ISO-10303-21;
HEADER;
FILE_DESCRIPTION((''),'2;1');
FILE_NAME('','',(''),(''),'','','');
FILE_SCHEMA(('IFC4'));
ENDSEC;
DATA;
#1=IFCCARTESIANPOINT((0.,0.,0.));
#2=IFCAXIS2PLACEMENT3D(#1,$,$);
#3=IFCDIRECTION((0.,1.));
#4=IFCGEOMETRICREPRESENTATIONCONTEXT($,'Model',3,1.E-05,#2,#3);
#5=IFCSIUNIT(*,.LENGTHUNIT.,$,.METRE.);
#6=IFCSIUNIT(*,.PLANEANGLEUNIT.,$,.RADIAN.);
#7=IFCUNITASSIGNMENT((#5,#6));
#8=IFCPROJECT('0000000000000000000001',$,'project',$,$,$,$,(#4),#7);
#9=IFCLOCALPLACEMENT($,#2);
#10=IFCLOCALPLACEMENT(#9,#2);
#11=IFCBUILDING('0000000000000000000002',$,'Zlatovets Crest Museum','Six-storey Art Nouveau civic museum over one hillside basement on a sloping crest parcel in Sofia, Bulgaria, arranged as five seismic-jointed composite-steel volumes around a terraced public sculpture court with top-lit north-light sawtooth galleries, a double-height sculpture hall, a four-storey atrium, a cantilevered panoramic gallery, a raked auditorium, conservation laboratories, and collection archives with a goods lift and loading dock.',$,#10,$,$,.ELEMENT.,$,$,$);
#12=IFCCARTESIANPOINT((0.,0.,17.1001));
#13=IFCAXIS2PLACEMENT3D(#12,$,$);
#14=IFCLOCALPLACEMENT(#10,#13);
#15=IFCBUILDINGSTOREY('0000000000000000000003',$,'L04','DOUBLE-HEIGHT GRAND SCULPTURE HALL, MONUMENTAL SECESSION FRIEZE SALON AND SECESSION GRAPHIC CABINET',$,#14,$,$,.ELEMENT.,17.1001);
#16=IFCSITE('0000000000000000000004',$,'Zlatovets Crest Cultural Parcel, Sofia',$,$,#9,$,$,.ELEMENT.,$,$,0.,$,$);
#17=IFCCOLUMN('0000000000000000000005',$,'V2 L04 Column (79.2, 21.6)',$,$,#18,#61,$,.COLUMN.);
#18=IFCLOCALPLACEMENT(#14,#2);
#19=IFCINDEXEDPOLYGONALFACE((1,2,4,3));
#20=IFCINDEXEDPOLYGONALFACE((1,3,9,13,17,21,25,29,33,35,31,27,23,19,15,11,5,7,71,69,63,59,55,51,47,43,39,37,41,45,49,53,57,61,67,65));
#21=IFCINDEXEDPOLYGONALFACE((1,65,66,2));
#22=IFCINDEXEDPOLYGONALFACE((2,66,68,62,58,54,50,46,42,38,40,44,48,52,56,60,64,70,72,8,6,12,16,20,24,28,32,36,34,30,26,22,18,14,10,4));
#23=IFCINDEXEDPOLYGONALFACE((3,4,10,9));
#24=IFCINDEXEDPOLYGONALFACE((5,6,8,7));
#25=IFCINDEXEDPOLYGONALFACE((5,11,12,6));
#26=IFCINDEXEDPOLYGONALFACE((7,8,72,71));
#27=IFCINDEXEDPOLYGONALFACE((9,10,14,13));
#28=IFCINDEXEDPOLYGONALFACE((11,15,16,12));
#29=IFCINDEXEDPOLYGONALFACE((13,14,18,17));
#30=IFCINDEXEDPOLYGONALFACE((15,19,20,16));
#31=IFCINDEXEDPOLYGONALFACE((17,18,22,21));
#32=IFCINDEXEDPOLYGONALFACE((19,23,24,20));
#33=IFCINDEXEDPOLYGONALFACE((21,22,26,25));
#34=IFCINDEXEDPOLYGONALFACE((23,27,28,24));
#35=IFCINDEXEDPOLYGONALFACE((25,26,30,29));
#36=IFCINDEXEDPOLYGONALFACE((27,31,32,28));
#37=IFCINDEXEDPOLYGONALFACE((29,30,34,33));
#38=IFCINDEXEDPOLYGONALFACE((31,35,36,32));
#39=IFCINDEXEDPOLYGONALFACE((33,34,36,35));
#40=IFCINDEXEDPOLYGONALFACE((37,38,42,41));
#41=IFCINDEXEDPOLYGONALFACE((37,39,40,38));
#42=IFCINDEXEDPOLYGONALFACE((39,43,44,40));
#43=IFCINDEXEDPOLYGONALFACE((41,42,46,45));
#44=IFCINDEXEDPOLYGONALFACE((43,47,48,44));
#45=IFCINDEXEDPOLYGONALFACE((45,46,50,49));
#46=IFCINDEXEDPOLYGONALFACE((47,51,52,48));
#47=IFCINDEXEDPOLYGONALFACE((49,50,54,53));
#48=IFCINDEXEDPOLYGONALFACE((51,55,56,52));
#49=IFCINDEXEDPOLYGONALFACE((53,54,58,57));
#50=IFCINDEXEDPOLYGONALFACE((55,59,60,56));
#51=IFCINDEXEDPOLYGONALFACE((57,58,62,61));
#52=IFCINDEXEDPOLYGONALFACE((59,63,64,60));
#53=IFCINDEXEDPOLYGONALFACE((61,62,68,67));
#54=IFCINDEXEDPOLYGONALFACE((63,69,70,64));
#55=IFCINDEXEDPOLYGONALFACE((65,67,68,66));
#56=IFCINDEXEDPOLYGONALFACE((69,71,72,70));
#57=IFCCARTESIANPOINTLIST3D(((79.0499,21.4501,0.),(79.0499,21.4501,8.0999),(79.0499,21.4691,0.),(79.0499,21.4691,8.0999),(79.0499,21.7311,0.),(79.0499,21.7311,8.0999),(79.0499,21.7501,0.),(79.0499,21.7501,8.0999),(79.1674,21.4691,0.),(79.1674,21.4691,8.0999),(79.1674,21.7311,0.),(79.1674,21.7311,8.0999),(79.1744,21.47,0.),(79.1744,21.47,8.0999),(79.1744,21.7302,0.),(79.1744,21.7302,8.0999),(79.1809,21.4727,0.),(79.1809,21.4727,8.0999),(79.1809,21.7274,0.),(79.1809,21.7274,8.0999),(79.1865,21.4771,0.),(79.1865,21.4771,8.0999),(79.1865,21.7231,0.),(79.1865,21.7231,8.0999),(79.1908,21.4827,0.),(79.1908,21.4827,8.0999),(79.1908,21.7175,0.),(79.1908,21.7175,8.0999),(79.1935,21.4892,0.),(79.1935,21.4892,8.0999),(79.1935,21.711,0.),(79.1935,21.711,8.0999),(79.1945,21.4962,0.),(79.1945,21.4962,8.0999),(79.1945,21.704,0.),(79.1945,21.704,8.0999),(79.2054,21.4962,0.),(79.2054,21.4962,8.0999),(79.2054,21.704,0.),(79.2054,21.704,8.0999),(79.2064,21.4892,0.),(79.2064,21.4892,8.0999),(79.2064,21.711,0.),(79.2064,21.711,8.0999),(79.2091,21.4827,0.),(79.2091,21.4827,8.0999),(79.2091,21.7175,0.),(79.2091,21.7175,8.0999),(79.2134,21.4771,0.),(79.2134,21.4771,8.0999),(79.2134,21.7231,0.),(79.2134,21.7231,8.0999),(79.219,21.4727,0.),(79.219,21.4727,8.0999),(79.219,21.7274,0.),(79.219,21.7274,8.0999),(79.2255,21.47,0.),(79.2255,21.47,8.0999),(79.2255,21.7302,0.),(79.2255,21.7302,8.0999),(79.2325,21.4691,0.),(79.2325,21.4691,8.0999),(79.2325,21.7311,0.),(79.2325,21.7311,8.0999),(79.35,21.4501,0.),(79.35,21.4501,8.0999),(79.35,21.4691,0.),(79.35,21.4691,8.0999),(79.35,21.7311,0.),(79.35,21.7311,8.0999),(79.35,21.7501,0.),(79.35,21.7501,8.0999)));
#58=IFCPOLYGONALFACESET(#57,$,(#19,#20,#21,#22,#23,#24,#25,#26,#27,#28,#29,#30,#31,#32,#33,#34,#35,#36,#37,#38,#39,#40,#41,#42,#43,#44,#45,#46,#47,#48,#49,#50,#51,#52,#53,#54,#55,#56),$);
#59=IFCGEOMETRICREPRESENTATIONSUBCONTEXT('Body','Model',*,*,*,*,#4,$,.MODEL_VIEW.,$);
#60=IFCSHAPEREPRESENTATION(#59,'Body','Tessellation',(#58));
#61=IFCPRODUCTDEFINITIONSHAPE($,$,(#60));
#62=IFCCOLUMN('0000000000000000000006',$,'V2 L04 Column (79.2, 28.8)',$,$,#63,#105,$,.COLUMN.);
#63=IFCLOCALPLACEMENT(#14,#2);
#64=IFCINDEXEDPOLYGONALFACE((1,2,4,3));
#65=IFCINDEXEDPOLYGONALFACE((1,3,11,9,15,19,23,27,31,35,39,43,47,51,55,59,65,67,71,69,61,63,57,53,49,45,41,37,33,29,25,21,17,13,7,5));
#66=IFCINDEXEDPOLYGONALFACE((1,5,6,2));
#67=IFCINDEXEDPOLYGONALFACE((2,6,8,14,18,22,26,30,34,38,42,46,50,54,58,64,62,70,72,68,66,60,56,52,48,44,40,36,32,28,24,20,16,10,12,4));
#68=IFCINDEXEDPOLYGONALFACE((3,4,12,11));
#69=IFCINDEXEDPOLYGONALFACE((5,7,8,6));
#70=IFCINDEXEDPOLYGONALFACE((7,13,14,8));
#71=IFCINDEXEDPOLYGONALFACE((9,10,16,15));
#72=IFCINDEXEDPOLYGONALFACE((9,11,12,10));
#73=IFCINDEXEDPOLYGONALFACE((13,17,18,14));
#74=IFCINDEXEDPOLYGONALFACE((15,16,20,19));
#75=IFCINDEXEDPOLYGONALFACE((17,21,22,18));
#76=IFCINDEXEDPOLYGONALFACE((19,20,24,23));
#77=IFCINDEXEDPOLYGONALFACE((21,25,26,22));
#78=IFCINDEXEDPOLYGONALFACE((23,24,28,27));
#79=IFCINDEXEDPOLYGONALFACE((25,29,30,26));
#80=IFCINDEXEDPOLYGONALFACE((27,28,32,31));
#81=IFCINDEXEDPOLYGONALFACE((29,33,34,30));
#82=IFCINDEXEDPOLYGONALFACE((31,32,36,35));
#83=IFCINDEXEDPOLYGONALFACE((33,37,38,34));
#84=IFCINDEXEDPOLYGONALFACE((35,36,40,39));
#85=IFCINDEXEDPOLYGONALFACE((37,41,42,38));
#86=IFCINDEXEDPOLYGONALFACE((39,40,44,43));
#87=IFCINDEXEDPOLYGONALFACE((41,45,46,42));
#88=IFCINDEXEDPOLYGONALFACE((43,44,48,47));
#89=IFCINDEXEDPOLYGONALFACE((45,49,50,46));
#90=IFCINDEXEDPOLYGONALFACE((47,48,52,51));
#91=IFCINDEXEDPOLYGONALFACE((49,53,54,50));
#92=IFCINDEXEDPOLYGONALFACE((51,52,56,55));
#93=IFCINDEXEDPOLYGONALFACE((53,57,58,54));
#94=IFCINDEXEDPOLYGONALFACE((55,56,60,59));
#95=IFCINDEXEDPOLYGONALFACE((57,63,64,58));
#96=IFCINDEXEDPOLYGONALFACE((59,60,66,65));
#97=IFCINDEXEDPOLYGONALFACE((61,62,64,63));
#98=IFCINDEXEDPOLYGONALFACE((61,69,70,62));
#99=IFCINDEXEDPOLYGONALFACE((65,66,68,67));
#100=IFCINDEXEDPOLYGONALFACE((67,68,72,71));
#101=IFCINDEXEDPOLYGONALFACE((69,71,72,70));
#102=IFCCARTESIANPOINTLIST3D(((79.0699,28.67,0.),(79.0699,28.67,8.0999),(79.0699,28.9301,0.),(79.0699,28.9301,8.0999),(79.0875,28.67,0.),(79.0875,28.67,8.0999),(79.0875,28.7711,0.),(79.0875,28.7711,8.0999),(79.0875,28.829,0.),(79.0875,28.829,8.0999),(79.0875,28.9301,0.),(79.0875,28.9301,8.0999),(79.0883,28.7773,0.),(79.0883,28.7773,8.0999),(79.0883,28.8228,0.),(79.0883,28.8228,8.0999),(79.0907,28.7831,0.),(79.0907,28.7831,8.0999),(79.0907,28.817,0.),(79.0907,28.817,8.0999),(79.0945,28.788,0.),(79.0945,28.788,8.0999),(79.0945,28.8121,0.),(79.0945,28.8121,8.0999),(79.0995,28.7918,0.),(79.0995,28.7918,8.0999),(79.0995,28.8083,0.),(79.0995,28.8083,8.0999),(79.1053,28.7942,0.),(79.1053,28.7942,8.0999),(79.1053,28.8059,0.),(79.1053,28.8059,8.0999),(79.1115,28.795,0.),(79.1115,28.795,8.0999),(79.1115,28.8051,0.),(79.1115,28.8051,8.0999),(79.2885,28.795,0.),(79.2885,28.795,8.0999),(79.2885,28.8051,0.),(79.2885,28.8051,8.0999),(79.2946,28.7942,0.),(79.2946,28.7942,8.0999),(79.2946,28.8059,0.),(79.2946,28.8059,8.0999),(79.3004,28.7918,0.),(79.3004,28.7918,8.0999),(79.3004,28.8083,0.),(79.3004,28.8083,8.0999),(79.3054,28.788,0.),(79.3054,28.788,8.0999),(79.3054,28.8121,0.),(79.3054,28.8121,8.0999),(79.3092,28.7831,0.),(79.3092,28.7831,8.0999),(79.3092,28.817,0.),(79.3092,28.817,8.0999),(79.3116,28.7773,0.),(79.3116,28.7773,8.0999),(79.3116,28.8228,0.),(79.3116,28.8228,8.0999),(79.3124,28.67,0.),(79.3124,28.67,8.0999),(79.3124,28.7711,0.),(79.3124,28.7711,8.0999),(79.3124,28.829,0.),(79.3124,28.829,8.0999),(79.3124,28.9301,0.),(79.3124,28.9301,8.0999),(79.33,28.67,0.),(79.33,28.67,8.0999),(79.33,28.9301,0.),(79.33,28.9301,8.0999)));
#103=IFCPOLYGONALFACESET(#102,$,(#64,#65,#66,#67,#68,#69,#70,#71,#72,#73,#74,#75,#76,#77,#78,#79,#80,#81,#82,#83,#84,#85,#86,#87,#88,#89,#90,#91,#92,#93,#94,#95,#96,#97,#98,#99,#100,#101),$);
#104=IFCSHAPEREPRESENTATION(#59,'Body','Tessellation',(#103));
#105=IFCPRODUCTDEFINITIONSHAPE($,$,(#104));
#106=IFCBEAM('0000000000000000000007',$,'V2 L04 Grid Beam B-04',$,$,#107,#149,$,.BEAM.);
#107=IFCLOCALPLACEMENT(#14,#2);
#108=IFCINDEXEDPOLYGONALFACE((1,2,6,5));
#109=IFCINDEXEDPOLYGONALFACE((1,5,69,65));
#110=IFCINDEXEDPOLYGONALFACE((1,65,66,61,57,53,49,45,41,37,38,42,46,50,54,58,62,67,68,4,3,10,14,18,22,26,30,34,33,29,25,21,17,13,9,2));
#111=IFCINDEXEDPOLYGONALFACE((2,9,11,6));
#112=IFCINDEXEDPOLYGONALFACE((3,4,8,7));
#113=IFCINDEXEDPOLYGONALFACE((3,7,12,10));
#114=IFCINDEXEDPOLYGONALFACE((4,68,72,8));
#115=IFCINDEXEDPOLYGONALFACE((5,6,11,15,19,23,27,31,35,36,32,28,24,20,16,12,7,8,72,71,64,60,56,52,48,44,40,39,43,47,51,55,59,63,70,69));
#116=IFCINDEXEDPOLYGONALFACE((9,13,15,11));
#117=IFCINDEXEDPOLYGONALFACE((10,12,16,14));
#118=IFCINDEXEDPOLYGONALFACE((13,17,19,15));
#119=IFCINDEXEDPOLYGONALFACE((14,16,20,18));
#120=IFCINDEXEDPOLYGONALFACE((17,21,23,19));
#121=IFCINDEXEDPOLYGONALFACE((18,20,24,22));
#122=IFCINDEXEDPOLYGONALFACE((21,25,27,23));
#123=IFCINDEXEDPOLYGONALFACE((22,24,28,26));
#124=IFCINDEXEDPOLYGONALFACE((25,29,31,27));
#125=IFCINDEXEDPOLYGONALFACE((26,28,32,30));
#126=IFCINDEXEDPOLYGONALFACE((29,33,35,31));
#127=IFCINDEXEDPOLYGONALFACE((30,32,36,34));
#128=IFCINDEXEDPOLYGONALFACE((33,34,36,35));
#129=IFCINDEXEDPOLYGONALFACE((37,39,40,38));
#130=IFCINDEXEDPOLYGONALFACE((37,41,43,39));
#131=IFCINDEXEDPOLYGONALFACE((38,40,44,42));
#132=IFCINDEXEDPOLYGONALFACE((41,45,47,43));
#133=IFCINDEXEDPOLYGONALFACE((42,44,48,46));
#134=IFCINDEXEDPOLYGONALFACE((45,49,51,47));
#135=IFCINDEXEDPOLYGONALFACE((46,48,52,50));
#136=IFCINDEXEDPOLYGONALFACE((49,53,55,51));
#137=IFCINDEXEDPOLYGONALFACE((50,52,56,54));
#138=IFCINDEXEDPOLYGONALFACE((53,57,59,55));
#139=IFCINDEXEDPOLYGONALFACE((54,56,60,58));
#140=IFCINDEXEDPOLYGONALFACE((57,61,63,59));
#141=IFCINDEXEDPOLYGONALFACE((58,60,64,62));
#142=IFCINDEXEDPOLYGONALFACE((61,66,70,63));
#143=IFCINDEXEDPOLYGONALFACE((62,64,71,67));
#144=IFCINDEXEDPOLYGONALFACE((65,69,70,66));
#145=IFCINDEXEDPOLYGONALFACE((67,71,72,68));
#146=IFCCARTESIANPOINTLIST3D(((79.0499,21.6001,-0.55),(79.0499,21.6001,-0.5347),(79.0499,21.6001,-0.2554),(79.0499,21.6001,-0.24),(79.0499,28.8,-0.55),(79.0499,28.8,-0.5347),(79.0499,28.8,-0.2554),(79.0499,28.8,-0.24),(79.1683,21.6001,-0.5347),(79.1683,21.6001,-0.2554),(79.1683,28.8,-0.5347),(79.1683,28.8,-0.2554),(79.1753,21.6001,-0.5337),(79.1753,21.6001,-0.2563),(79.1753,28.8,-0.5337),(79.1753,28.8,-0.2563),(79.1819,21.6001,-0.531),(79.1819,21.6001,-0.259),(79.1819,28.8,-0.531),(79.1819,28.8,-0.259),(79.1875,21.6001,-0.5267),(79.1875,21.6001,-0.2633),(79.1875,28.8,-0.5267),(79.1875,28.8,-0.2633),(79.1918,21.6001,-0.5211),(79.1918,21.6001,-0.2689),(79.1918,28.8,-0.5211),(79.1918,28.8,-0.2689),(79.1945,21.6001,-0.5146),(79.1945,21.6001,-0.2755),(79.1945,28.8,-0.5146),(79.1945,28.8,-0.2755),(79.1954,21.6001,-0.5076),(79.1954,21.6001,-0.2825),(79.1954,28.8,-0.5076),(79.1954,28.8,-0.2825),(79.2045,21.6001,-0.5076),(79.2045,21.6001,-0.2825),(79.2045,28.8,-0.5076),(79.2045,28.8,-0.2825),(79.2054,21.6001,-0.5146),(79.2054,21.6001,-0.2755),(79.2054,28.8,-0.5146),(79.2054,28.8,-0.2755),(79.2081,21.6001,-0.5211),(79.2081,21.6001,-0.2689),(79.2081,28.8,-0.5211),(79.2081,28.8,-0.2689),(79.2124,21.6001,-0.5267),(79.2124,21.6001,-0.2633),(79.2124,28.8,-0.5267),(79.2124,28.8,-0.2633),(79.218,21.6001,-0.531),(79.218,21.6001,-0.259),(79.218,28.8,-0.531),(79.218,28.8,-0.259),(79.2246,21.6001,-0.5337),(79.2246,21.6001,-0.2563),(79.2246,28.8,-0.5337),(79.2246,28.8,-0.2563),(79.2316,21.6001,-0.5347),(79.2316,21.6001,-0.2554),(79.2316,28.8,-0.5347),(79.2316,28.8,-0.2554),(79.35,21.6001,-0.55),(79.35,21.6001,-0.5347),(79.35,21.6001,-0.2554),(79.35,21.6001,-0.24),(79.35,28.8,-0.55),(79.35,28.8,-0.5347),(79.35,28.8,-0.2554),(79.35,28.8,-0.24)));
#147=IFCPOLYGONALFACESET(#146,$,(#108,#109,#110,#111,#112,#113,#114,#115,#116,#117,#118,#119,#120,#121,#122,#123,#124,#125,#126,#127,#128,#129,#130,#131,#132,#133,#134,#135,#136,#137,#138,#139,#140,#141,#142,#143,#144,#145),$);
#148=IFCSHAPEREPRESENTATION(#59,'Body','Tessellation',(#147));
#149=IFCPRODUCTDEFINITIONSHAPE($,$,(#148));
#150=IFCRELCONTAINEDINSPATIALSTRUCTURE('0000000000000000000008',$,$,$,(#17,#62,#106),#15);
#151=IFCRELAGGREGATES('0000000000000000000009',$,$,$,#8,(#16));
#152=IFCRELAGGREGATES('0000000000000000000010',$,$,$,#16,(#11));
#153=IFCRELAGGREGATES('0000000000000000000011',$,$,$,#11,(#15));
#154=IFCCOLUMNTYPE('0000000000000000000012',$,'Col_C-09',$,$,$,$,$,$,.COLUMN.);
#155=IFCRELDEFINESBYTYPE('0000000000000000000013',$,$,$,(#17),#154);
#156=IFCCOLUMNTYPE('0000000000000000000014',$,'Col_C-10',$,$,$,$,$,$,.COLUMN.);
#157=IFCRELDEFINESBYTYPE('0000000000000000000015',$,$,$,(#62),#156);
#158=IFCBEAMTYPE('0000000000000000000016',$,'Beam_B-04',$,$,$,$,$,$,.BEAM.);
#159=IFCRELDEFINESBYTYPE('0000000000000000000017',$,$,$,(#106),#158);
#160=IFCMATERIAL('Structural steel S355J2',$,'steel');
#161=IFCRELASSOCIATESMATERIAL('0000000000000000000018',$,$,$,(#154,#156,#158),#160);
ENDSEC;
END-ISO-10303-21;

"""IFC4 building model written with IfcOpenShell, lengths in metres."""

from ifc_helpers import new_model, si_unit, direction, frame, origin, origin_2d, place, context, subcontext, project, spatial, i_section, extrude, material, material_profile, profile_set, type_object, element, save


model = new_model("IFC4")

# Units and contexts
model_context = context("Model", 3, precision=1e-05, world=origin(), true_north=direction((0.0, 1.0)))
body_context = subcontext(model_context, "Body", "Model", "MODEL_VIEW")
ifc_project = project(units=[si_unit("LENGTHUNIT", "METRE"), si_unit("PLANEANGLEUNIT", "RADIAN")], contexts=[model_context])

# Site, building, storey
site_placement = place(None, origin())
site = spatial("IfcSite", under=ifc_project, at=site_placement, Name="Zlatovets Crest Cultural Parcel, Sofia", CompositionType="ELEMENT", RefElevation=0.0)
building_placement = place(site_placement, origin())
building = spatial("IfcBuilding", under=site, at=building_placement, Name="Zlatovets Crest Museum", Description="Six-storey Art Nouveau civic museum over one hillside basement on a sloping crest parcel in Sofia, Bulgaria, arranged as five seismic-jointed composite-steel volumes around a terraced public sculpture court with top-lit north-light sawtooth galleries, a double-height sculpture hall, a four-storey atrium, a cantilevered panoramic gallery, a raked auditorium, conservation laboratories, and collection archives with a goods lift and loading dock.", CompositionType="ELEMENT")
storey_placement = place(building_placement, frame((0.0, 0.0, 17.1001)))
storey = spatial("IfcBuildingStorey", under=building, at=storey_placement, Name="L04", Description="DOUBLE-HEIGHT GRAND SCULPTURE HALL, MONUMENTAL SECESSION FRIEZE SALON AND SECESSION GRAPHIC CABINET", CompositionType="ELEMENT", Elevation=17.1001)

# Columns
ifc_material_1 = material(Name="Structural steel S355J2", Category="steel")
ifc_material_profile_1 = material_profile(ifc_material_1, i_section(OverallWidth=0.3, OverallDepth=0.3, WebThickness=0.011, FlangeThickness=0.019, FilletRadius=0.0271, at=origin_2d()), Name="HEB 300")
ifc_profile_set_1 = profile_set([ifc_material_profile_1], Name="Structural steel S355J2")
column_type_1 = type_object("IfcColumnType", Name="Col_C-09", PredefinedType="COLUMN", material=ifc_profile_set_1)
column_1_placement = place(storey_placement, frame((79.2, 21.6001, 0.0), z_axis=(0.0, 0.0, 1.0), x_axis=(1.0, 0.0, 0.0)))
element("IfcColumn", 1, at=column_1_placement, inside=storey, type_object=column_type_1, Name="V2 L04 Column (79.2, 21.6)", PredefinedType="COLUMN", context=body_context, shape_type="SweptSolid", body=[
    extrude(i_section(OverallWidth=0.3, OverallDepth=0.3, WebThickness=0.011, FlangeThickness=0.019, FilletRadius=0.0271, at=origin_2d()), origin(), (0.0, 0.0, 1.0), 8.0999),
])
ifc_material_profile_2 = material_profile(ifc_material_1, i_section(OverallWidth=0.26, OverallDepth=0.26, WebThickness=0.01, FlangeThickness=0.0176, FilletRadius=0.0239, at=origin_2d()), Name="HEB 260")
ifc_profile_set_2 = profile_set([ifc_material_profile_2], Name="Structural steel S355J2")
column_type_2 = type_object("IfcColumnType", Name="Col_C-10", PredefinedType="COLUMN", material=ifc_profile_set_2)
column_2_placement = place(storey_placement, frame((79.2, 28.8, 0.0), z_axis=(0.0, 0.0, 1.0), x_axis=(0.0, 1.0, 0.0)))
element("IfcColumn", 2, at=column_2_placement, inside=storey, type_object=column_type_2, Name="V2 L04 Column (79.2, 28.8)", PredefinedType="COLUMN", context=body_context, shape_type="SweptSolid", body=[
    extrude(i_section(OverallWidth=0.26, OverallDepth=0.26, WebThickness=0.01, FlangeThickness=0.0176, FilletRadius=0.0239, at=origin_2d()), origin(), (0.0, 0.0, 1.0), 8.0999),
])

# Beam
ifc_material_profile_3 = material_profile(ifc_material_1, i_section(OverallWidth=0.3, OverallDepth=0.3101, WebThickness=0.009, FlangeThickness=0.0154, FilletRadius=0.0271, at=origin_2d()), Name="HEA 320")
ifc_profile_set_3 = profile_set([ifc_material_profile_3], Name="Structural steel S355J2")
beam_type_1 = type_object("IfcBeamType", Name="Beam_B-04", PredefinedType="BEAM", material=ifc_profile_set_3)
beam_1_placement = place(storey_placement, frame((79.2, 21.6001, -0.395), z_axis=(0.0, 1.0, 0.0), x_axis=(-1.0, 0.0, 0.0)))
element("IfcBeam", 3, at=beam_1_placement, inside=storey, type_object=beam_type_1, Name="V2 L04 Grid Beam B-04", PredefinedType="BEAM", context=body_context, shape_type="SweptSolid", body=[
    extrude(i_section(OverallWidth=0.3, OverallDepth=0.3101, WebThickness=0.009, FlangeThickness=0.0154, FilletRadius=0.0271, at=origin_2d()), origin(), (0.0, 0.0, 1.0), 7.2),
])

save(model, "model.ifc")
